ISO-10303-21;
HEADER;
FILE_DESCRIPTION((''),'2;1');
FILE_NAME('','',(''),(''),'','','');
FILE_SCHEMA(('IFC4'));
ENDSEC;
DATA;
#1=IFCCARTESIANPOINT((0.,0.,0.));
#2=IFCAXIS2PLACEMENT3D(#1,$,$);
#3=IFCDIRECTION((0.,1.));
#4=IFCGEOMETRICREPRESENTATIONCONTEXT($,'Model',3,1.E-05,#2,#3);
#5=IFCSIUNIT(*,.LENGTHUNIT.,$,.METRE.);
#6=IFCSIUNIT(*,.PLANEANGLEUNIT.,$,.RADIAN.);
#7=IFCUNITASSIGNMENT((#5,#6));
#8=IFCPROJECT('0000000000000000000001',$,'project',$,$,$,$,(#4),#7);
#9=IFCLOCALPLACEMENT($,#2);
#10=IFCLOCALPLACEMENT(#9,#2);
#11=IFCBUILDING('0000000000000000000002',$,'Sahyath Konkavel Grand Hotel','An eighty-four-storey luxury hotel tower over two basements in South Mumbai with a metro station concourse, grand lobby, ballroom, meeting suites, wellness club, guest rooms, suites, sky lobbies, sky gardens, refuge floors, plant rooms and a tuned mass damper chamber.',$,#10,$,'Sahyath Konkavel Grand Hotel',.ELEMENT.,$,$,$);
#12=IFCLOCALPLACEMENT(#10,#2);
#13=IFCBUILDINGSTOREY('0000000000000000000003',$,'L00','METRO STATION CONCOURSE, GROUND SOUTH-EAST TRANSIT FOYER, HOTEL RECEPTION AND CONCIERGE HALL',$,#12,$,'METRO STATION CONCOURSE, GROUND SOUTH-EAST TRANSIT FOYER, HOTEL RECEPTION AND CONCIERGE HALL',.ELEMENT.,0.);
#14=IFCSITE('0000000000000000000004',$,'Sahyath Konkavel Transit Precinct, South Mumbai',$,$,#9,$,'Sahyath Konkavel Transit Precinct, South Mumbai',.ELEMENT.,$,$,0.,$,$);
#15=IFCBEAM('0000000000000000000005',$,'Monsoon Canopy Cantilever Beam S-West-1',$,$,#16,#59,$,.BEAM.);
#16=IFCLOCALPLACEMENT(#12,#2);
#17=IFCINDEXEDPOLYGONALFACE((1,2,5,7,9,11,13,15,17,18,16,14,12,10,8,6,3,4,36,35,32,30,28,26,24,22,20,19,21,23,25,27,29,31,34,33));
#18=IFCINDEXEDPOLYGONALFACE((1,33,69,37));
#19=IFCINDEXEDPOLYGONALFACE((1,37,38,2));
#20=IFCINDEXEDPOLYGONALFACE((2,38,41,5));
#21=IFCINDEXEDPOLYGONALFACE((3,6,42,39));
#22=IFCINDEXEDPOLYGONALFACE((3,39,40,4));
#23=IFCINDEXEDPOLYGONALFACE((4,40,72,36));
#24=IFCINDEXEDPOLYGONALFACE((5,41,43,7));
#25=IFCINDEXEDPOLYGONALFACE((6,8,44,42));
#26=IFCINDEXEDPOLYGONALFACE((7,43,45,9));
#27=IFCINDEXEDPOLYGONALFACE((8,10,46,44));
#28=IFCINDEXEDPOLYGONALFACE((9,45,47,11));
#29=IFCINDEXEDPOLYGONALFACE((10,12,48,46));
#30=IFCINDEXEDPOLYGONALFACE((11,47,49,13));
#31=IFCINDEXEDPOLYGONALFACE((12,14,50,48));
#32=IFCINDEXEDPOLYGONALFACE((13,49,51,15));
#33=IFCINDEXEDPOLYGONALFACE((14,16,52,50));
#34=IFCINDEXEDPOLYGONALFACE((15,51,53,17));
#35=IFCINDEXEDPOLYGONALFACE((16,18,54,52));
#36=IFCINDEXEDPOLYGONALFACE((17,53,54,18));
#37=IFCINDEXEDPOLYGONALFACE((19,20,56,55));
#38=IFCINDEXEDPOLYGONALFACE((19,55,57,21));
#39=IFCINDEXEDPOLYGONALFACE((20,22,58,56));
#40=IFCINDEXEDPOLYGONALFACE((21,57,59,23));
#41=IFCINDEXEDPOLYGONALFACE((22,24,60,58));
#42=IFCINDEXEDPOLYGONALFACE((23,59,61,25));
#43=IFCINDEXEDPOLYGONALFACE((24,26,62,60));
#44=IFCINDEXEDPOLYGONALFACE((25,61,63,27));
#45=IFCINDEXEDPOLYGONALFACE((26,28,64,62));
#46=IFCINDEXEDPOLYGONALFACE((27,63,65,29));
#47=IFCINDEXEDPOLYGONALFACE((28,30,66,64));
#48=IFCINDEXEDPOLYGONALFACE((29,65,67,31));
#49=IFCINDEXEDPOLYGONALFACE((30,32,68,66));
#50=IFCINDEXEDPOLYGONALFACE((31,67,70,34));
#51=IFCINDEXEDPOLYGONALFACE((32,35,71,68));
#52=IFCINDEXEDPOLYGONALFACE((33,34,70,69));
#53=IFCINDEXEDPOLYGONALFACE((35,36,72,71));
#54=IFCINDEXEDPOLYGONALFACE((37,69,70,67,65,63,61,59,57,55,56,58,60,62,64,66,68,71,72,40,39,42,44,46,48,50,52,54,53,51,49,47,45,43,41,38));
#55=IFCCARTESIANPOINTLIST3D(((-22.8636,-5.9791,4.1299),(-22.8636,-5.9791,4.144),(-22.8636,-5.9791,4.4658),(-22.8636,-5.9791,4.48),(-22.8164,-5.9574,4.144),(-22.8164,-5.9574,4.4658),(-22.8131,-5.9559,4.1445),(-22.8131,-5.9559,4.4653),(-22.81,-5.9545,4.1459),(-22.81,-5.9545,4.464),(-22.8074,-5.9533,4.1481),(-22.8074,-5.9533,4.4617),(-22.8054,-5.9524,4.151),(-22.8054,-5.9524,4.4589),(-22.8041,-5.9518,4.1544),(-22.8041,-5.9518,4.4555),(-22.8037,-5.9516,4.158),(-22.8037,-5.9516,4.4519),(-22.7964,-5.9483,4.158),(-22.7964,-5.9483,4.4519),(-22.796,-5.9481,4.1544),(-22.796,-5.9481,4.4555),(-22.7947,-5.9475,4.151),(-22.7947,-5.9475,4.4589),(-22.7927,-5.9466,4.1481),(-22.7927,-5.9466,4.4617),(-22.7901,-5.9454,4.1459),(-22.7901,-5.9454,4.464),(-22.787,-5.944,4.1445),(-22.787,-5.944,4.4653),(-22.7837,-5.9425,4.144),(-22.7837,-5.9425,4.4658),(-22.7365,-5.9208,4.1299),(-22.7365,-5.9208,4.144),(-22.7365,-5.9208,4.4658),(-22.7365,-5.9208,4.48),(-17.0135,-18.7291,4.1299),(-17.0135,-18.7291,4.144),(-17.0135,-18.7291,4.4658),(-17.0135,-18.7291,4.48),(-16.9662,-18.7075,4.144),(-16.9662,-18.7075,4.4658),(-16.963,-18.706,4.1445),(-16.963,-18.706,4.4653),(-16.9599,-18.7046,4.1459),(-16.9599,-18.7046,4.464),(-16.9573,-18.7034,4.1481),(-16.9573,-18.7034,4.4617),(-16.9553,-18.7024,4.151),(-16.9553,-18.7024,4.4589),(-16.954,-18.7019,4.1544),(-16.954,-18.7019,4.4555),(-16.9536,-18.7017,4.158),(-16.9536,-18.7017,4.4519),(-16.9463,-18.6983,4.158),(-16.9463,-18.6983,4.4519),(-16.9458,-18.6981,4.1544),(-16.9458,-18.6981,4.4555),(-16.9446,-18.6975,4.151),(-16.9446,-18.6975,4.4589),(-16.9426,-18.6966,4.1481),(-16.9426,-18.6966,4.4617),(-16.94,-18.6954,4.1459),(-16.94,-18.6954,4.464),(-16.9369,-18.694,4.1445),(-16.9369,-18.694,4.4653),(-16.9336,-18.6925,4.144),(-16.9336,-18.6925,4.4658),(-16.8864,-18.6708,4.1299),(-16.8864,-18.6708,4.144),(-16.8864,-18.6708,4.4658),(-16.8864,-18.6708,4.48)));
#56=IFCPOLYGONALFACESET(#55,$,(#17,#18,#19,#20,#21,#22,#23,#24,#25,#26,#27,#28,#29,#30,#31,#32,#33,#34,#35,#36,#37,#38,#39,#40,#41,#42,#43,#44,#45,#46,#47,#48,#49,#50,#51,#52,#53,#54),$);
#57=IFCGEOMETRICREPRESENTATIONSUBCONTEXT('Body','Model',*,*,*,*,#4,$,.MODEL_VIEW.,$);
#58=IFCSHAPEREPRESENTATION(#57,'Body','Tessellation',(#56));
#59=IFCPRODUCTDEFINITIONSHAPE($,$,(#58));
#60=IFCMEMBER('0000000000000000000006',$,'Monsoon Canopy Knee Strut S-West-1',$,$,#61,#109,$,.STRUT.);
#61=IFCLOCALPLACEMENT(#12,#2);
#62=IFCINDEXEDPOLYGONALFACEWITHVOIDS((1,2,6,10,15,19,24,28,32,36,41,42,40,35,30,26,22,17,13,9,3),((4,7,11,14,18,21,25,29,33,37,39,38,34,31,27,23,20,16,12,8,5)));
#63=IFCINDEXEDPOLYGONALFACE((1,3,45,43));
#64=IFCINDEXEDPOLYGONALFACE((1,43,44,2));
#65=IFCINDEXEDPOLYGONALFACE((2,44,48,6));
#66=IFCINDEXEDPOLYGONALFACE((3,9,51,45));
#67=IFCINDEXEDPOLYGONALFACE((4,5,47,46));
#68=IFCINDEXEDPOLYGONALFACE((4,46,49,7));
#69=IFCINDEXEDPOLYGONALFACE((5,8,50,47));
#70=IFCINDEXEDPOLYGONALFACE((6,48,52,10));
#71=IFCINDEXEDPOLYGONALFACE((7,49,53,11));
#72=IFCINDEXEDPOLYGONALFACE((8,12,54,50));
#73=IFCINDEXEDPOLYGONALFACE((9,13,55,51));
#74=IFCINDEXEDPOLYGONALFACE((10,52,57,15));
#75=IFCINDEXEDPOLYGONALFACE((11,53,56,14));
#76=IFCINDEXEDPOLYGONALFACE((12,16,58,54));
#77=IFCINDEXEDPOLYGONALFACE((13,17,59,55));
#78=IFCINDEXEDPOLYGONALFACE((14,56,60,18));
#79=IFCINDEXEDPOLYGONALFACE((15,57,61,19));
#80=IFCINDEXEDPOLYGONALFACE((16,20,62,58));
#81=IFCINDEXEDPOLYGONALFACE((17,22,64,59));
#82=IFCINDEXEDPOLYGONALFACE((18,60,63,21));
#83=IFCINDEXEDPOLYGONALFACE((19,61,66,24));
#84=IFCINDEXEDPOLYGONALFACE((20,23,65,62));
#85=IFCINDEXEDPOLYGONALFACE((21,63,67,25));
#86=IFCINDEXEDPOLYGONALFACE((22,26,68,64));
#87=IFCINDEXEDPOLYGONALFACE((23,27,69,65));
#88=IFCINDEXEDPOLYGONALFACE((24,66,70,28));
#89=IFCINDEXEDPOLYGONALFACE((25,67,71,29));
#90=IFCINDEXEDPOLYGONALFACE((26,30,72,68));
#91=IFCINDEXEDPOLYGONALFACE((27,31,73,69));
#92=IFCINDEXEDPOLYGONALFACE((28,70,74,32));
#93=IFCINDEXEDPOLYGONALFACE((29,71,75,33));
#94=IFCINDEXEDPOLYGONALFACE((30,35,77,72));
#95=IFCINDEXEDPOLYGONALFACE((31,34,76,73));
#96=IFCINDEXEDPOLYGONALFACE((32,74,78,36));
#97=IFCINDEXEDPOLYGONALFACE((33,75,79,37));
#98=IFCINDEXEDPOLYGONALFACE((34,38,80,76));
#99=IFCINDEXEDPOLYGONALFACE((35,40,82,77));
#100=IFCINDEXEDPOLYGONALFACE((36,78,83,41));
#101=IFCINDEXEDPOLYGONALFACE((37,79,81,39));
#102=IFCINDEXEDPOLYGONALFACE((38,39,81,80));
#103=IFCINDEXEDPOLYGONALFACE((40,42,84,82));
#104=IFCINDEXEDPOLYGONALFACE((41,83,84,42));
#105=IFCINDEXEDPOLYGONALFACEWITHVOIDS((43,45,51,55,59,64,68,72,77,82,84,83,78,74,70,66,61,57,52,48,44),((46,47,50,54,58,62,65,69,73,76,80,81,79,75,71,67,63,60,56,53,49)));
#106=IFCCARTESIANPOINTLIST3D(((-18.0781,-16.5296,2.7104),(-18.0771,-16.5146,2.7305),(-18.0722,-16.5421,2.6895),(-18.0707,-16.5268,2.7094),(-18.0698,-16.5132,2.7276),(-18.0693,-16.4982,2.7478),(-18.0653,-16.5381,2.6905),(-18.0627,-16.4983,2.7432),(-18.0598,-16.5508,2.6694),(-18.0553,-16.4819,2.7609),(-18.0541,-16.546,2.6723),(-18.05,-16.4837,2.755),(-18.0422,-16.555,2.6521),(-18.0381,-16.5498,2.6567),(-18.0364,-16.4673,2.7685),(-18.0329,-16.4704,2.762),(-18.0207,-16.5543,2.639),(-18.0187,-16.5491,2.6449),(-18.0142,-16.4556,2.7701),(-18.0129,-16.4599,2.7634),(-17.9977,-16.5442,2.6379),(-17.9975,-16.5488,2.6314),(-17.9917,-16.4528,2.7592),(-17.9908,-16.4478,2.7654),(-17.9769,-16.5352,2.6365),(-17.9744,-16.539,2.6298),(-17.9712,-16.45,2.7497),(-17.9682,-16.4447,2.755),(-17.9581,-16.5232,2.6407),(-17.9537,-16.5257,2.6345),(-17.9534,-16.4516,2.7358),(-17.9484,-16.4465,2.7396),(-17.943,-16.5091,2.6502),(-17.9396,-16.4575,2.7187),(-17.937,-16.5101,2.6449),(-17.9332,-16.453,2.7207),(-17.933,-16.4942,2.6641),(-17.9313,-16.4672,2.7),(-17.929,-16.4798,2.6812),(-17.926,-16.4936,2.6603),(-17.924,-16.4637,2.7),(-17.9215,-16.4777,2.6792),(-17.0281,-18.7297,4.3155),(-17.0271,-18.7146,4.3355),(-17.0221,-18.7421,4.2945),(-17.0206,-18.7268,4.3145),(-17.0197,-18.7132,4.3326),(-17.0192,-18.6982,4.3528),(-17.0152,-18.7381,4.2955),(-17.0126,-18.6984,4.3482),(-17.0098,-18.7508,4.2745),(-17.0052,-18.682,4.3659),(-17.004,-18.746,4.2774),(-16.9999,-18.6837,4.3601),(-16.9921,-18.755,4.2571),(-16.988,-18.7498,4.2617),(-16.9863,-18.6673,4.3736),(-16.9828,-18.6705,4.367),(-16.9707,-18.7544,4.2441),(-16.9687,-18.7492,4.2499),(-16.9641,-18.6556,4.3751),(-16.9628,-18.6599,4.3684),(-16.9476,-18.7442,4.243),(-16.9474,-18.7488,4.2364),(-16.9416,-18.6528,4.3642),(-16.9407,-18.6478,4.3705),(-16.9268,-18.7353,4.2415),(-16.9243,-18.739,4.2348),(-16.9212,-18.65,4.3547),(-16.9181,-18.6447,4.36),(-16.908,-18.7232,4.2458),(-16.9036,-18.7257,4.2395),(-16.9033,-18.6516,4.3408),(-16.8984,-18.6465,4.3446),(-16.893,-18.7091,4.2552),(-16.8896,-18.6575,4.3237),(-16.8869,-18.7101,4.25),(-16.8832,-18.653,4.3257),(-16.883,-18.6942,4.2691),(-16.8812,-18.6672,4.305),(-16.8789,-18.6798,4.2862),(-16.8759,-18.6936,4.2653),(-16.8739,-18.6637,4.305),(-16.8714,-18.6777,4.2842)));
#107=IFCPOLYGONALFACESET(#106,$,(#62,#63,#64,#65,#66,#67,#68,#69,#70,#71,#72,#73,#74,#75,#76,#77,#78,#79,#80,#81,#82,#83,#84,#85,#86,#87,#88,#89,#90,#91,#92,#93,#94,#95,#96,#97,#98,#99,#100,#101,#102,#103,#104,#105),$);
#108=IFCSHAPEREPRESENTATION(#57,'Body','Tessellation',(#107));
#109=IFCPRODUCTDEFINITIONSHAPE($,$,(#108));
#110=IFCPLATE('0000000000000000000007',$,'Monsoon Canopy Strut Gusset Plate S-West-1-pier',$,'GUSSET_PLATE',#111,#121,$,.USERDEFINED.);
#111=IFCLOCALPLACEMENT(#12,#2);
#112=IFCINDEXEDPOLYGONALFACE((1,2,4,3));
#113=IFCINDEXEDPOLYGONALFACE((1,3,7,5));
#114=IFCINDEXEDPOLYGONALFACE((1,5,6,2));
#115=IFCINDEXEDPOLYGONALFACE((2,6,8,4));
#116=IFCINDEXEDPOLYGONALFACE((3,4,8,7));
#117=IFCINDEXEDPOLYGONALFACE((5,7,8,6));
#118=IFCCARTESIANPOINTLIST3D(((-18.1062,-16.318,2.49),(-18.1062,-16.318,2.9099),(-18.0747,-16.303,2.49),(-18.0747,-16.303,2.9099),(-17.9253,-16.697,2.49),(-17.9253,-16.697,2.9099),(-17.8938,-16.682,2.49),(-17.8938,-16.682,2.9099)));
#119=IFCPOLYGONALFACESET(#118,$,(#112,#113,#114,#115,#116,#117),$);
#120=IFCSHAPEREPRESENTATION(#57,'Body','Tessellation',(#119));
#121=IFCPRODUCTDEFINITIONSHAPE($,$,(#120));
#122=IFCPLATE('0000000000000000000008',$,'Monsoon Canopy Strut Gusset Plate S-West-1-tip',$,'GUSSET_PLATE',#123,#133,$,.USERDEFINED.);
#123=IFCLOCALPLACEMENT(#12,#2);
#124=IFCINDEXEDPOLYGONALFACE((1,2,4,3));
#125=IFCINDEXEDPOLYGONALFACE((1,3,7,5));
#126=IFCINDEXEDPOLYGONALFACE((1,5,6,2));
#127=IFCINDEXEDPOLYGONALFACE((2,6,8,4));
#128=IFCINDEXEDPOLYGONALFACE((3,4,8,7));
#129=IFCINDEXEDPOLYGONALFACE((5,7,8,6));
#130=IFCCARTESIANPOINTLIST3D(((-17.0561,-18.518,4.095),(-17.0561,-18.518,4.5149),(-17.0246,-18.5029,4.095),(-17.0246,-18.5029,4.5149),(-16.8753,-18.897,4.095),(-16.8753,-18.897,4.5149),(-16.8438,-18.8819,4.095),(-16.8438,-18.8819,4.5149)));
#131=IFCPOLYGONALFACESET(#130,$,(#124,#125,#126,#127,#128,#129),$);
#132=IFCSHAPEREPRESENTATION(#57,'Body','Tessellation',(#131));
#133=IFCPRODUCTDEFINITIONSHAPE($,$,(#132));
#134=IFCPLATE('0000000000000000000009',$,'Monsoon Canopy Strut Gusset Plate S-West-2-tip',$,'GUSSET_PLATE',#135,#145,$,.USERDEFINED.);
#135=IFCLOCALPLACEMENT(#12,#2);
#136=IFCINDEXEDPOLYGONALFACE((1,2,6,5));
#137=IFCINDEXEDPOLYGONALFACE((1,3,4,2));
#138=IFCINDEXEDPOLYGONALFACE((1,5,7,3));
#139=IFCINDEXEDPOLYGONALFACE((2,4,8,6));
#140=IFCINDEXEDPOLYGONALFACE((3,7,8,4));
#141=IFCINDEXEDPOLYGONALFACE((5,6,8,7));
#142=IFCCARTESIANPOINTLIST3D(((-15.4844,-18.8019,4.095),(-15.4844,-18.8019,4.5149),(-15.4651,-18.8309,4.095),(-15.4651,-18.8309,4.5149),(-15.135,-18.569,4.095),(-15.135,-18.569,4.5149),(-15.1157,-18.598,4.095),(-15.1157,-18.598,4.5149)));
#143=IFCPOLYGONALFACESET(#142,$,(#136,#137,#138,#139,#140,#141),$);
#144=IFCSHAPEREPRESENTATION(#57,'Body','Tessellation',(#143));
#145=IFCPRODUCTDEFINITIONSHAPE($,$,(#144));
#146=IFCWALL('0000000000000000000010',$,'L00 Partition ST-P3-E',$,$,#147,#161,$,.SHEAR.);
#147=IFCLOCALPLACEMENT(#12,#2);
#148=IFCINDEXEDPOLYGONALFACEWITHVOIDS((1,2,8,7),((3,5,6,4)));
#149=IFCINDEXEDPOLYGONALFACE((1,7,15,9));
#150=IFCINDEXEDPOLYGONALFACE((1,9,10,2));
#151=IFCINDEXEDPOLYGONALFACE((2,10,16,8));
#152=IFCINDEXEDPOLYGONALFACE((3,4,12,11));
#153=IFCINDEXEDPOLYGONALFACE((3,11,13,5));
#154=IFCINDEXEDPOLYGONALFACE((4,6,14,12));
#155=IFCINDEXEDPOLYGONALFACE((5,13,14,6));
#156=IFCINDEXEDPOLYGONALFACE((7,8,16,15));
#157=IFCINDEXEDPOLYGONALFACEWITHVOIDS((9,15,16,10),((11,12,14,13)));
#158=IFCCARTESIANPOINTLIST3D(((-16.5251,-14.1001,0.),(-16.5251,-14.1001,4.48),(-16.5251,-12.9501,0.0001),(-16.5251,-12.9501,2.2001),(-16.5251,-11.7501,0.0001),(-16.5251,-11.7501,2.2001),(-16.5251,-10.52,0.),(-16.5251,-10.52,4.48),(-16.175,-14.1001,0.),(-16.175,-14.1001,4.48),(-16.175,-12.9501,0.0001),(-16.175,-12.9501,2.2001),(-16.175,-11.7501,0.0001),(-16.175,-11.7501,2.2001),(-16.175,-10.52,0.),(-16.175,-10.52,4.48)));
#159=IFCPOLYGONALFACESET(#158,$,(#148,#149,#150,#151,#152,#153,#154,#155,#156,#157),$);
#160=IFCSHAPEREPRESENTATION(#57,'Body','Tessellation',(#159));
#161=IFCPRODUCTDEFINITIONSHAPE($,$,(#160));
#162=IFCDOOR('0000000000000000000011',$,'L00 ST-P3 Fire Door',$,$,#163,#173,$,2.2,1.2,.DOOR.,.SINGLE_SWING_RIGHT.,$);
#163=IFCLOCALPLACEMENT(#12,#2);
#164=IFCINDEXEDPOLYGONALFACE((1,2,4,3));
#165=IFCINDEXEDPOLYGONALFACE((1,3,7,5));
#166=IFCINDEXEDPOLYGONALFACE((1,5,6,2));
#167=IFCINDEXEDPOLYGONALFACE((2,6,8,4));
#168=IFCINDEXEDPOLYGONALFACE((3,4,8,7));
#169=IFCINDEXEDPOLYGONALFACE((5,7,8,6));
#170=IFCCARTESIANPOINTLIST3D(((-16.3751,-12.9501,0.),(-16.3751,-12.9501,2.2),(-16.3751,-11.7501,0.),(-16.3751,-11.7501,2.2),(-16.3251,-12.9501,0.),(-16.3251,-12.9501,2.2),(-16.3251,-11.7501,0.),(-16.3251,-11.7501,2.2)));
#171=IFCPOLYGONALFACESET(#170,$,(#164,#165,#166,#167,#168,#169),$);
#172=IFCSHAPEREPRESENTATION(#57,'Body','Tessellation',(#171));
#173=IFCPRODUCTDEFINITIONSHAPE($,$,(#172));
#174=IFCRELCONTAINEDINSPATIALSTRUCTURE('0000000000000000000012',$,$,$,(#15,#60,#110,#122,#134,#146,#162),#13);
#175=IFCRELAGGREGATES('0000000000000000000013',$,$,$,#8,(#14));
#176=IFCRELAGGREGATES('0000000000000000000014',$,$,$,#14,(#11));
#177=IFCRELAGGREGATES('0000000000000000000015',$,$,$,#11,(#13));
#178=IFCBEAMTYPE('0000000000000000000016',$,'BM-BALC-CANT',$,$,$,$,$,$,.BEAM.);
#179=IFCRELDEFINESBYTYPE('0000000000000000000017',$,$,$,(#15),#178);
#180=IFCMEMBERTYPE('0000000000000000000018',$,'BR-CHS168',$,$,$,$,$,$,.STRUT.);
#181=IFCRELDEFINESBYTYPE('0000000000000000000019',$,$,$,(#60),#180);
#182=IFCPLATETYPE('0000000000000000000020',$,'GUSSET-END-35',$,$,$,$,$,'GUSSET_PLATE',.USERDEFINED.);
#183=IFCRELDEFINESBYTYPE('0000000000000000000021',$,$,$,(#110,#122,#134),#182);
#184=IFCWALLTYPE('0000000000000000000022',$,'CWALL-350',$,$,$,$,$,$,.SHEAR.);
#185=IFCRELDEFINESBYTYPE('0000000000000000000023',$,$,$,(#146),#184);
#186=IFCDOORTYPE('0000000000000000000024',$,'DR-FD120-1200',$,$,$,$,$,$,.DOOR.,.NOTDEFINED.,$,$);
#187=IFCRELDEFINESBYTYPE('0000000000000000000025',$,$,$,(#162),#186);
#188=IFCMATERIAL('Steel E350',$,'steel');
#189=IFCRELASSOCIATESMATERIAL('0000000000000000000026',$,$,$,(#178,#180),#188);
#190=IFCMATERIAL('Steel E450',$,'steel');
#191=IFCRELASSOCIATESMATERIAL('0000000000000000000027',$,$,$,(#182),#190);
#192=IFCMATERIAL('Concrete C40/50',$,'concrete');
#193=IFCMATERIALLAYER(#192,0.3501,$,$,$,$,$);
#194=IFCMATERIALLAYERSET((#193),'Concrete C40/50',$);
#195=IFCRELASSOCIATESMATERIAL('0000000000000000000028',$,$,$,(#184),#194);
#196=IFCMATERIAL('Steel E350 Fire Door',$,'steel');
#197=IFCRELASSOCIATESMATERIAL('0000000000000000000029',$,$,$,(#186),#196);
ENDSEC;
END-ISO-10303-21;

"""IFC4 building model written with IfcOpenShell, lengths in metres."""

from ifc_helpers import new_model, si_unit, direction, frame, frame_2d, origin, origin_2d, place, context, subcontext, project, spatial, rectangle, hollow_circle, i_section, extrude, source, transform, mapped, material, layer, layer_set, material_profile, profile_set, type_object, element, fill, save


model = new_model("IFC4")

# Units and contexts
model_context = context("Model", 3, precision=1e-05, world=origin(), true_north=direction((0.0, 1.0)))
body_context = subcontext(model_context, "Body", "Model", "MODEL_VIEW")
ifc_project = project(units=[si_unit("LENGTHUNIT", "METRE"), si_unit("PLANEANGLEUNIT", "RADIAN")], contexts=[model_context])

# Site, building, storey
site_placement = place(None, origin())
site = spatial("IfcSite", under=ifc_project, at=site_placement, Name="Sahyath Konkavel Transit Precinct, South Mumbai", LongName="Sahyath Konkavel Transit Precinct, South Mumbai", CompositionType="ELEMENT", RefElevation=0.0)
building_placement = place(site_placement, origin())
building = spatial("IfcBuilding", under=site, at=building_placement, Name="Sahyath Konkavel Grand Hotel", Description="An eighty-four-storey luxury hotel tower over two basements in South Mumbai with a metro station concourse, grand lobby, ballroom, meeting suites, wellness club, guest rooms, suites, sky lobbies, sky gardens, refuge floors, plant rooms and a tuned mass damper chamber.", LongName="Sahyath Konkavel Grand Hotel", CompositionType="ELEMENT")
storey_placement = place(building_placement, origin())
storey = spatial("IfcBuildingStorey", under=building, at=storey_placement, Name="L00", Description="METRO STATION CONCOURSE, GROUND SOUTH-EAST TRANSIT FOYER, HOTEL RECEPTION AND CONCIERGE HALL", LongName="METRO STATION CONCOURSE, GROUND SOUTH-EAST TRANSIT FOYER, HOTEL RECEPTION AND CONCIERGE HALL", CompositionType="ELEMENT", Elevation=0.0)

# Shared definitions
ifc_material_1 = material(Name="Steel E350", Category="steel")

# Beam
ifc_material_profile_1 = material_profile(ifc_material_1, i_section(OverallWidth=0.1399, OverallDepth=0.3501, WebThickness=0.0081, FlangeThickness=0.0142, FilletRadius=0.0139, at=origin_2d()), Name="ISMB 350")
ifc_profile_set_1 = profile_set([ifc_material_profile_1], Name="Steel E350")
beam_type_1 = type_object("IfcBeamType", Name="BM-BALC-CANT", PredefinedType="BEAM", material=ifc_profile_set_1)
shared_shape_1 = source(origin(), body_context, "Body", "SweptSolid", [
    extrude(i_section(OverallWidth=0.1399, OverallDepth=0.3501, WebThickness=0.0081, FlangeThickness=0.0142, FilletRadius=0.0139, at=origin_2d()), origin(), (0.0, 0.0, 1.0), 14.0281),
])
beam_1_placement = place(storey_placement, frame((-22.8, -5.95, 4.3049), z_axis=(0.417029, -0.908893, 0.0), x_axis=(0.908893, 0.417029, 0.0)))
element("IfcBeam", 1, at=beam_1_placement, inside=storey, type_object=beam_type_1, Name="Monsoon Canopy Cantilever Beam S-West-1", PredefinedType="BEAM", context=body_context, shape_type="MappedRepresentation", body=[
    mapped(shared_shape_1, transform((0.0, 0.0, 0.0), scale=1.0)),
])

# Member
ifc_material_profile_2 = material_profile(ifc_material_1, hollow_circle(Radius=0.0842, WallThickness=0.0081, at=origin_2d()), Name="CHS 168.3x8")
ifc_profile_set_2 = profile_set([ifc_material_profile_2], Name="Steel E350")
member_type = type_object("IfcMemberType", Name="BR-CHS168", PredefinedType="STRUT", material=ifc_profile_set_2)
shared_shape_2 = source(origin(), body_context, "Body", "SweptSolid", [
    extrude(hollow_circle(Radius=0.0842, WallThickness=0.0081, at=origin_2d()), origin(), (0.0, 0.0, 1.0), 2.9187),
])
member_placement = place(storey_placement, frame((-18.0, -16.5, 2.7), z_axis=(0.359776, -0.753764, 0.54991), x_axis=(0.90247, 0.430754, 0.0)))
element("IfcMember", 2, at=member_placement, inside=storey, type_object=member_type, Name="Monsoon Canopy Knee Strut S-West-1", PredefinedType="STRUT", context=body_context, shape_type="MappedRepresentation", body=[
    mapped(shared_shape_2, transform((0.0, 0.0, 0.0), scale=1.0)),
])

# Plates
ifc_material_2 = material(Name="Steel E450", Category="steel")
plate_type = type_object("IfcPlateType", Name="GUSSET-END-35", ElementType="GUSSET_PLATE", PredefinedType="USERDEFINED", material=ifc_material_2)
shared_shape_3 = source(origin(), body_context, "Body", "SweptSolid", [
    extrude(rectangle(XDim=0.4199, YDim=0.0349, at=origin_2d()), origin(), (0.0, 0.0, 1.0), 0.4199),
])
for number, where, z_axis, x_axis, name in (
    (3, (-18.0, -16.5, 2.49), (0.0, 0.0, 1.0), (0.430732, -0.90248, 0.0), "Monsoon Canopy Strut Gusset Plate S-West-1-pier"),
    (4, (-16.95, -18.7, 4.095), (0.0, 0.0, 1.0), (0.430732, -0.90248, 0.0), "Monsoon Canopy Strut Gusset Plate S-West-1-tip"),
    (5, (-15.3, -18.7, 4.095), (0.0, 0.0, 1.0), (-0.832051, -0.554699, 0.0), "Monsoon Canopy Strut Gusset Plate S-West-2-tip"),
):
    element("IfcPlate", number, at=place(storey_placement, frame(where, z_axis=z_axis, x_axis=x_axis)), inside=storey, type_object=plate_type, Name=name, ObjectType="GUSSET_PLATE", PredefinedType="USERDEFINED", context=body_context, shape_type="MappedRepresentation", body=[
        mapped(shared_shape_3, transform((0.0, 0.0, 0.0), scale=1.0)),
    ])

# Wall, opening, door
ifc_material_3 = material(Name="Concrete C40/50", Category="concrete")
ifc_layer_1 = layer(ifc_material_3, 0.3501)
ifc_layer_set_1 = layer_set([ifc_layer_1], Name="Concrete C40/50")
wall_type_1 = type_object("IfcWallType", Name="CWALL-350", PredefinedType="SHEAR", material=ifc_layer_set_1)
wall_1_placement = place(storey_placement, frame((-16.3501, -14.1001, 0.0), z_axis=(0.0, 0.0, 1.0), x_axis=(0.0, 1.0, 0.0)))
wall_1 = element("IfcWall", 6, at=wall_1_placement, inside=storey, type_object=wall_type_1, Name="L00 Partition ST-P3-E", PredefinedType="SHEAR", context=body_context, shape_type="SweptSolid", body=[
    extrude(rectangle(XDim=3.5801, YDim=0.3501, at=frame_2d((1.79, 0.0))), origin(), (0.0, 0.0, 1.0), 4.48),
])
opening_1_placement = place(wall_1_placement, frame((1.1499, 0.0, 0.0)))
opening_1 = element("IfcOpeningElement", 7, at=opening_1_placement, cuts=wall_1, PredefinedType="OPENING", context=body_context, shape_type="SweptSolid", body=[
    extrude(rectangle(XDim=1.2, YDim=2.2, at=frame_2d((0.6001, 1.1001))), frame((0.0, 0.1851, 0.0), z_axis=(0.0, -1.0, 0.0), x_axis=(1.0, 0.0, 0.0)), (0.0, 0.0, 1.0), 0.3701),
])
ifc_material_4 = material(Name="Steel E350 Fire Door", Category="steel")
door_type = type_object("IfcDoorType", Name="DR-FD120-1200", OperationType="NOTDEFINED", PredefinedType="DOOR", material=ifc_material_4)
shared_shape_4 = source(origin(), body_context, "Body", "SweptSolid", [
    extrude(rectangle(XDim=1.2, YDim=0.05, at=origin_2d()), origin(), (0.0, 0.0, 1.0), 2.2),
])
door_1_placement = place(opening_1_placement, frame((0.6001, 0.0, 0.0)))
door_1 = element("IfcDoor", 8, at=door_1_placement, inside=storey, type_object=door_type, Name="L00 ST-P3 Fire Door", OperationType="SINGLE_SWING_RIGHT", OverallHeight=2.2, OverallWidth=1.2, PredefinedType="DOOR", context=body_context, shape_type="MappedRepresentation", body=[
    mapped(shared_shape_4, transform((0.0, 0.0, 0.0), scale=1.0)),
])
fill(opening_1, door_1)

save(model, "model.ifc")
